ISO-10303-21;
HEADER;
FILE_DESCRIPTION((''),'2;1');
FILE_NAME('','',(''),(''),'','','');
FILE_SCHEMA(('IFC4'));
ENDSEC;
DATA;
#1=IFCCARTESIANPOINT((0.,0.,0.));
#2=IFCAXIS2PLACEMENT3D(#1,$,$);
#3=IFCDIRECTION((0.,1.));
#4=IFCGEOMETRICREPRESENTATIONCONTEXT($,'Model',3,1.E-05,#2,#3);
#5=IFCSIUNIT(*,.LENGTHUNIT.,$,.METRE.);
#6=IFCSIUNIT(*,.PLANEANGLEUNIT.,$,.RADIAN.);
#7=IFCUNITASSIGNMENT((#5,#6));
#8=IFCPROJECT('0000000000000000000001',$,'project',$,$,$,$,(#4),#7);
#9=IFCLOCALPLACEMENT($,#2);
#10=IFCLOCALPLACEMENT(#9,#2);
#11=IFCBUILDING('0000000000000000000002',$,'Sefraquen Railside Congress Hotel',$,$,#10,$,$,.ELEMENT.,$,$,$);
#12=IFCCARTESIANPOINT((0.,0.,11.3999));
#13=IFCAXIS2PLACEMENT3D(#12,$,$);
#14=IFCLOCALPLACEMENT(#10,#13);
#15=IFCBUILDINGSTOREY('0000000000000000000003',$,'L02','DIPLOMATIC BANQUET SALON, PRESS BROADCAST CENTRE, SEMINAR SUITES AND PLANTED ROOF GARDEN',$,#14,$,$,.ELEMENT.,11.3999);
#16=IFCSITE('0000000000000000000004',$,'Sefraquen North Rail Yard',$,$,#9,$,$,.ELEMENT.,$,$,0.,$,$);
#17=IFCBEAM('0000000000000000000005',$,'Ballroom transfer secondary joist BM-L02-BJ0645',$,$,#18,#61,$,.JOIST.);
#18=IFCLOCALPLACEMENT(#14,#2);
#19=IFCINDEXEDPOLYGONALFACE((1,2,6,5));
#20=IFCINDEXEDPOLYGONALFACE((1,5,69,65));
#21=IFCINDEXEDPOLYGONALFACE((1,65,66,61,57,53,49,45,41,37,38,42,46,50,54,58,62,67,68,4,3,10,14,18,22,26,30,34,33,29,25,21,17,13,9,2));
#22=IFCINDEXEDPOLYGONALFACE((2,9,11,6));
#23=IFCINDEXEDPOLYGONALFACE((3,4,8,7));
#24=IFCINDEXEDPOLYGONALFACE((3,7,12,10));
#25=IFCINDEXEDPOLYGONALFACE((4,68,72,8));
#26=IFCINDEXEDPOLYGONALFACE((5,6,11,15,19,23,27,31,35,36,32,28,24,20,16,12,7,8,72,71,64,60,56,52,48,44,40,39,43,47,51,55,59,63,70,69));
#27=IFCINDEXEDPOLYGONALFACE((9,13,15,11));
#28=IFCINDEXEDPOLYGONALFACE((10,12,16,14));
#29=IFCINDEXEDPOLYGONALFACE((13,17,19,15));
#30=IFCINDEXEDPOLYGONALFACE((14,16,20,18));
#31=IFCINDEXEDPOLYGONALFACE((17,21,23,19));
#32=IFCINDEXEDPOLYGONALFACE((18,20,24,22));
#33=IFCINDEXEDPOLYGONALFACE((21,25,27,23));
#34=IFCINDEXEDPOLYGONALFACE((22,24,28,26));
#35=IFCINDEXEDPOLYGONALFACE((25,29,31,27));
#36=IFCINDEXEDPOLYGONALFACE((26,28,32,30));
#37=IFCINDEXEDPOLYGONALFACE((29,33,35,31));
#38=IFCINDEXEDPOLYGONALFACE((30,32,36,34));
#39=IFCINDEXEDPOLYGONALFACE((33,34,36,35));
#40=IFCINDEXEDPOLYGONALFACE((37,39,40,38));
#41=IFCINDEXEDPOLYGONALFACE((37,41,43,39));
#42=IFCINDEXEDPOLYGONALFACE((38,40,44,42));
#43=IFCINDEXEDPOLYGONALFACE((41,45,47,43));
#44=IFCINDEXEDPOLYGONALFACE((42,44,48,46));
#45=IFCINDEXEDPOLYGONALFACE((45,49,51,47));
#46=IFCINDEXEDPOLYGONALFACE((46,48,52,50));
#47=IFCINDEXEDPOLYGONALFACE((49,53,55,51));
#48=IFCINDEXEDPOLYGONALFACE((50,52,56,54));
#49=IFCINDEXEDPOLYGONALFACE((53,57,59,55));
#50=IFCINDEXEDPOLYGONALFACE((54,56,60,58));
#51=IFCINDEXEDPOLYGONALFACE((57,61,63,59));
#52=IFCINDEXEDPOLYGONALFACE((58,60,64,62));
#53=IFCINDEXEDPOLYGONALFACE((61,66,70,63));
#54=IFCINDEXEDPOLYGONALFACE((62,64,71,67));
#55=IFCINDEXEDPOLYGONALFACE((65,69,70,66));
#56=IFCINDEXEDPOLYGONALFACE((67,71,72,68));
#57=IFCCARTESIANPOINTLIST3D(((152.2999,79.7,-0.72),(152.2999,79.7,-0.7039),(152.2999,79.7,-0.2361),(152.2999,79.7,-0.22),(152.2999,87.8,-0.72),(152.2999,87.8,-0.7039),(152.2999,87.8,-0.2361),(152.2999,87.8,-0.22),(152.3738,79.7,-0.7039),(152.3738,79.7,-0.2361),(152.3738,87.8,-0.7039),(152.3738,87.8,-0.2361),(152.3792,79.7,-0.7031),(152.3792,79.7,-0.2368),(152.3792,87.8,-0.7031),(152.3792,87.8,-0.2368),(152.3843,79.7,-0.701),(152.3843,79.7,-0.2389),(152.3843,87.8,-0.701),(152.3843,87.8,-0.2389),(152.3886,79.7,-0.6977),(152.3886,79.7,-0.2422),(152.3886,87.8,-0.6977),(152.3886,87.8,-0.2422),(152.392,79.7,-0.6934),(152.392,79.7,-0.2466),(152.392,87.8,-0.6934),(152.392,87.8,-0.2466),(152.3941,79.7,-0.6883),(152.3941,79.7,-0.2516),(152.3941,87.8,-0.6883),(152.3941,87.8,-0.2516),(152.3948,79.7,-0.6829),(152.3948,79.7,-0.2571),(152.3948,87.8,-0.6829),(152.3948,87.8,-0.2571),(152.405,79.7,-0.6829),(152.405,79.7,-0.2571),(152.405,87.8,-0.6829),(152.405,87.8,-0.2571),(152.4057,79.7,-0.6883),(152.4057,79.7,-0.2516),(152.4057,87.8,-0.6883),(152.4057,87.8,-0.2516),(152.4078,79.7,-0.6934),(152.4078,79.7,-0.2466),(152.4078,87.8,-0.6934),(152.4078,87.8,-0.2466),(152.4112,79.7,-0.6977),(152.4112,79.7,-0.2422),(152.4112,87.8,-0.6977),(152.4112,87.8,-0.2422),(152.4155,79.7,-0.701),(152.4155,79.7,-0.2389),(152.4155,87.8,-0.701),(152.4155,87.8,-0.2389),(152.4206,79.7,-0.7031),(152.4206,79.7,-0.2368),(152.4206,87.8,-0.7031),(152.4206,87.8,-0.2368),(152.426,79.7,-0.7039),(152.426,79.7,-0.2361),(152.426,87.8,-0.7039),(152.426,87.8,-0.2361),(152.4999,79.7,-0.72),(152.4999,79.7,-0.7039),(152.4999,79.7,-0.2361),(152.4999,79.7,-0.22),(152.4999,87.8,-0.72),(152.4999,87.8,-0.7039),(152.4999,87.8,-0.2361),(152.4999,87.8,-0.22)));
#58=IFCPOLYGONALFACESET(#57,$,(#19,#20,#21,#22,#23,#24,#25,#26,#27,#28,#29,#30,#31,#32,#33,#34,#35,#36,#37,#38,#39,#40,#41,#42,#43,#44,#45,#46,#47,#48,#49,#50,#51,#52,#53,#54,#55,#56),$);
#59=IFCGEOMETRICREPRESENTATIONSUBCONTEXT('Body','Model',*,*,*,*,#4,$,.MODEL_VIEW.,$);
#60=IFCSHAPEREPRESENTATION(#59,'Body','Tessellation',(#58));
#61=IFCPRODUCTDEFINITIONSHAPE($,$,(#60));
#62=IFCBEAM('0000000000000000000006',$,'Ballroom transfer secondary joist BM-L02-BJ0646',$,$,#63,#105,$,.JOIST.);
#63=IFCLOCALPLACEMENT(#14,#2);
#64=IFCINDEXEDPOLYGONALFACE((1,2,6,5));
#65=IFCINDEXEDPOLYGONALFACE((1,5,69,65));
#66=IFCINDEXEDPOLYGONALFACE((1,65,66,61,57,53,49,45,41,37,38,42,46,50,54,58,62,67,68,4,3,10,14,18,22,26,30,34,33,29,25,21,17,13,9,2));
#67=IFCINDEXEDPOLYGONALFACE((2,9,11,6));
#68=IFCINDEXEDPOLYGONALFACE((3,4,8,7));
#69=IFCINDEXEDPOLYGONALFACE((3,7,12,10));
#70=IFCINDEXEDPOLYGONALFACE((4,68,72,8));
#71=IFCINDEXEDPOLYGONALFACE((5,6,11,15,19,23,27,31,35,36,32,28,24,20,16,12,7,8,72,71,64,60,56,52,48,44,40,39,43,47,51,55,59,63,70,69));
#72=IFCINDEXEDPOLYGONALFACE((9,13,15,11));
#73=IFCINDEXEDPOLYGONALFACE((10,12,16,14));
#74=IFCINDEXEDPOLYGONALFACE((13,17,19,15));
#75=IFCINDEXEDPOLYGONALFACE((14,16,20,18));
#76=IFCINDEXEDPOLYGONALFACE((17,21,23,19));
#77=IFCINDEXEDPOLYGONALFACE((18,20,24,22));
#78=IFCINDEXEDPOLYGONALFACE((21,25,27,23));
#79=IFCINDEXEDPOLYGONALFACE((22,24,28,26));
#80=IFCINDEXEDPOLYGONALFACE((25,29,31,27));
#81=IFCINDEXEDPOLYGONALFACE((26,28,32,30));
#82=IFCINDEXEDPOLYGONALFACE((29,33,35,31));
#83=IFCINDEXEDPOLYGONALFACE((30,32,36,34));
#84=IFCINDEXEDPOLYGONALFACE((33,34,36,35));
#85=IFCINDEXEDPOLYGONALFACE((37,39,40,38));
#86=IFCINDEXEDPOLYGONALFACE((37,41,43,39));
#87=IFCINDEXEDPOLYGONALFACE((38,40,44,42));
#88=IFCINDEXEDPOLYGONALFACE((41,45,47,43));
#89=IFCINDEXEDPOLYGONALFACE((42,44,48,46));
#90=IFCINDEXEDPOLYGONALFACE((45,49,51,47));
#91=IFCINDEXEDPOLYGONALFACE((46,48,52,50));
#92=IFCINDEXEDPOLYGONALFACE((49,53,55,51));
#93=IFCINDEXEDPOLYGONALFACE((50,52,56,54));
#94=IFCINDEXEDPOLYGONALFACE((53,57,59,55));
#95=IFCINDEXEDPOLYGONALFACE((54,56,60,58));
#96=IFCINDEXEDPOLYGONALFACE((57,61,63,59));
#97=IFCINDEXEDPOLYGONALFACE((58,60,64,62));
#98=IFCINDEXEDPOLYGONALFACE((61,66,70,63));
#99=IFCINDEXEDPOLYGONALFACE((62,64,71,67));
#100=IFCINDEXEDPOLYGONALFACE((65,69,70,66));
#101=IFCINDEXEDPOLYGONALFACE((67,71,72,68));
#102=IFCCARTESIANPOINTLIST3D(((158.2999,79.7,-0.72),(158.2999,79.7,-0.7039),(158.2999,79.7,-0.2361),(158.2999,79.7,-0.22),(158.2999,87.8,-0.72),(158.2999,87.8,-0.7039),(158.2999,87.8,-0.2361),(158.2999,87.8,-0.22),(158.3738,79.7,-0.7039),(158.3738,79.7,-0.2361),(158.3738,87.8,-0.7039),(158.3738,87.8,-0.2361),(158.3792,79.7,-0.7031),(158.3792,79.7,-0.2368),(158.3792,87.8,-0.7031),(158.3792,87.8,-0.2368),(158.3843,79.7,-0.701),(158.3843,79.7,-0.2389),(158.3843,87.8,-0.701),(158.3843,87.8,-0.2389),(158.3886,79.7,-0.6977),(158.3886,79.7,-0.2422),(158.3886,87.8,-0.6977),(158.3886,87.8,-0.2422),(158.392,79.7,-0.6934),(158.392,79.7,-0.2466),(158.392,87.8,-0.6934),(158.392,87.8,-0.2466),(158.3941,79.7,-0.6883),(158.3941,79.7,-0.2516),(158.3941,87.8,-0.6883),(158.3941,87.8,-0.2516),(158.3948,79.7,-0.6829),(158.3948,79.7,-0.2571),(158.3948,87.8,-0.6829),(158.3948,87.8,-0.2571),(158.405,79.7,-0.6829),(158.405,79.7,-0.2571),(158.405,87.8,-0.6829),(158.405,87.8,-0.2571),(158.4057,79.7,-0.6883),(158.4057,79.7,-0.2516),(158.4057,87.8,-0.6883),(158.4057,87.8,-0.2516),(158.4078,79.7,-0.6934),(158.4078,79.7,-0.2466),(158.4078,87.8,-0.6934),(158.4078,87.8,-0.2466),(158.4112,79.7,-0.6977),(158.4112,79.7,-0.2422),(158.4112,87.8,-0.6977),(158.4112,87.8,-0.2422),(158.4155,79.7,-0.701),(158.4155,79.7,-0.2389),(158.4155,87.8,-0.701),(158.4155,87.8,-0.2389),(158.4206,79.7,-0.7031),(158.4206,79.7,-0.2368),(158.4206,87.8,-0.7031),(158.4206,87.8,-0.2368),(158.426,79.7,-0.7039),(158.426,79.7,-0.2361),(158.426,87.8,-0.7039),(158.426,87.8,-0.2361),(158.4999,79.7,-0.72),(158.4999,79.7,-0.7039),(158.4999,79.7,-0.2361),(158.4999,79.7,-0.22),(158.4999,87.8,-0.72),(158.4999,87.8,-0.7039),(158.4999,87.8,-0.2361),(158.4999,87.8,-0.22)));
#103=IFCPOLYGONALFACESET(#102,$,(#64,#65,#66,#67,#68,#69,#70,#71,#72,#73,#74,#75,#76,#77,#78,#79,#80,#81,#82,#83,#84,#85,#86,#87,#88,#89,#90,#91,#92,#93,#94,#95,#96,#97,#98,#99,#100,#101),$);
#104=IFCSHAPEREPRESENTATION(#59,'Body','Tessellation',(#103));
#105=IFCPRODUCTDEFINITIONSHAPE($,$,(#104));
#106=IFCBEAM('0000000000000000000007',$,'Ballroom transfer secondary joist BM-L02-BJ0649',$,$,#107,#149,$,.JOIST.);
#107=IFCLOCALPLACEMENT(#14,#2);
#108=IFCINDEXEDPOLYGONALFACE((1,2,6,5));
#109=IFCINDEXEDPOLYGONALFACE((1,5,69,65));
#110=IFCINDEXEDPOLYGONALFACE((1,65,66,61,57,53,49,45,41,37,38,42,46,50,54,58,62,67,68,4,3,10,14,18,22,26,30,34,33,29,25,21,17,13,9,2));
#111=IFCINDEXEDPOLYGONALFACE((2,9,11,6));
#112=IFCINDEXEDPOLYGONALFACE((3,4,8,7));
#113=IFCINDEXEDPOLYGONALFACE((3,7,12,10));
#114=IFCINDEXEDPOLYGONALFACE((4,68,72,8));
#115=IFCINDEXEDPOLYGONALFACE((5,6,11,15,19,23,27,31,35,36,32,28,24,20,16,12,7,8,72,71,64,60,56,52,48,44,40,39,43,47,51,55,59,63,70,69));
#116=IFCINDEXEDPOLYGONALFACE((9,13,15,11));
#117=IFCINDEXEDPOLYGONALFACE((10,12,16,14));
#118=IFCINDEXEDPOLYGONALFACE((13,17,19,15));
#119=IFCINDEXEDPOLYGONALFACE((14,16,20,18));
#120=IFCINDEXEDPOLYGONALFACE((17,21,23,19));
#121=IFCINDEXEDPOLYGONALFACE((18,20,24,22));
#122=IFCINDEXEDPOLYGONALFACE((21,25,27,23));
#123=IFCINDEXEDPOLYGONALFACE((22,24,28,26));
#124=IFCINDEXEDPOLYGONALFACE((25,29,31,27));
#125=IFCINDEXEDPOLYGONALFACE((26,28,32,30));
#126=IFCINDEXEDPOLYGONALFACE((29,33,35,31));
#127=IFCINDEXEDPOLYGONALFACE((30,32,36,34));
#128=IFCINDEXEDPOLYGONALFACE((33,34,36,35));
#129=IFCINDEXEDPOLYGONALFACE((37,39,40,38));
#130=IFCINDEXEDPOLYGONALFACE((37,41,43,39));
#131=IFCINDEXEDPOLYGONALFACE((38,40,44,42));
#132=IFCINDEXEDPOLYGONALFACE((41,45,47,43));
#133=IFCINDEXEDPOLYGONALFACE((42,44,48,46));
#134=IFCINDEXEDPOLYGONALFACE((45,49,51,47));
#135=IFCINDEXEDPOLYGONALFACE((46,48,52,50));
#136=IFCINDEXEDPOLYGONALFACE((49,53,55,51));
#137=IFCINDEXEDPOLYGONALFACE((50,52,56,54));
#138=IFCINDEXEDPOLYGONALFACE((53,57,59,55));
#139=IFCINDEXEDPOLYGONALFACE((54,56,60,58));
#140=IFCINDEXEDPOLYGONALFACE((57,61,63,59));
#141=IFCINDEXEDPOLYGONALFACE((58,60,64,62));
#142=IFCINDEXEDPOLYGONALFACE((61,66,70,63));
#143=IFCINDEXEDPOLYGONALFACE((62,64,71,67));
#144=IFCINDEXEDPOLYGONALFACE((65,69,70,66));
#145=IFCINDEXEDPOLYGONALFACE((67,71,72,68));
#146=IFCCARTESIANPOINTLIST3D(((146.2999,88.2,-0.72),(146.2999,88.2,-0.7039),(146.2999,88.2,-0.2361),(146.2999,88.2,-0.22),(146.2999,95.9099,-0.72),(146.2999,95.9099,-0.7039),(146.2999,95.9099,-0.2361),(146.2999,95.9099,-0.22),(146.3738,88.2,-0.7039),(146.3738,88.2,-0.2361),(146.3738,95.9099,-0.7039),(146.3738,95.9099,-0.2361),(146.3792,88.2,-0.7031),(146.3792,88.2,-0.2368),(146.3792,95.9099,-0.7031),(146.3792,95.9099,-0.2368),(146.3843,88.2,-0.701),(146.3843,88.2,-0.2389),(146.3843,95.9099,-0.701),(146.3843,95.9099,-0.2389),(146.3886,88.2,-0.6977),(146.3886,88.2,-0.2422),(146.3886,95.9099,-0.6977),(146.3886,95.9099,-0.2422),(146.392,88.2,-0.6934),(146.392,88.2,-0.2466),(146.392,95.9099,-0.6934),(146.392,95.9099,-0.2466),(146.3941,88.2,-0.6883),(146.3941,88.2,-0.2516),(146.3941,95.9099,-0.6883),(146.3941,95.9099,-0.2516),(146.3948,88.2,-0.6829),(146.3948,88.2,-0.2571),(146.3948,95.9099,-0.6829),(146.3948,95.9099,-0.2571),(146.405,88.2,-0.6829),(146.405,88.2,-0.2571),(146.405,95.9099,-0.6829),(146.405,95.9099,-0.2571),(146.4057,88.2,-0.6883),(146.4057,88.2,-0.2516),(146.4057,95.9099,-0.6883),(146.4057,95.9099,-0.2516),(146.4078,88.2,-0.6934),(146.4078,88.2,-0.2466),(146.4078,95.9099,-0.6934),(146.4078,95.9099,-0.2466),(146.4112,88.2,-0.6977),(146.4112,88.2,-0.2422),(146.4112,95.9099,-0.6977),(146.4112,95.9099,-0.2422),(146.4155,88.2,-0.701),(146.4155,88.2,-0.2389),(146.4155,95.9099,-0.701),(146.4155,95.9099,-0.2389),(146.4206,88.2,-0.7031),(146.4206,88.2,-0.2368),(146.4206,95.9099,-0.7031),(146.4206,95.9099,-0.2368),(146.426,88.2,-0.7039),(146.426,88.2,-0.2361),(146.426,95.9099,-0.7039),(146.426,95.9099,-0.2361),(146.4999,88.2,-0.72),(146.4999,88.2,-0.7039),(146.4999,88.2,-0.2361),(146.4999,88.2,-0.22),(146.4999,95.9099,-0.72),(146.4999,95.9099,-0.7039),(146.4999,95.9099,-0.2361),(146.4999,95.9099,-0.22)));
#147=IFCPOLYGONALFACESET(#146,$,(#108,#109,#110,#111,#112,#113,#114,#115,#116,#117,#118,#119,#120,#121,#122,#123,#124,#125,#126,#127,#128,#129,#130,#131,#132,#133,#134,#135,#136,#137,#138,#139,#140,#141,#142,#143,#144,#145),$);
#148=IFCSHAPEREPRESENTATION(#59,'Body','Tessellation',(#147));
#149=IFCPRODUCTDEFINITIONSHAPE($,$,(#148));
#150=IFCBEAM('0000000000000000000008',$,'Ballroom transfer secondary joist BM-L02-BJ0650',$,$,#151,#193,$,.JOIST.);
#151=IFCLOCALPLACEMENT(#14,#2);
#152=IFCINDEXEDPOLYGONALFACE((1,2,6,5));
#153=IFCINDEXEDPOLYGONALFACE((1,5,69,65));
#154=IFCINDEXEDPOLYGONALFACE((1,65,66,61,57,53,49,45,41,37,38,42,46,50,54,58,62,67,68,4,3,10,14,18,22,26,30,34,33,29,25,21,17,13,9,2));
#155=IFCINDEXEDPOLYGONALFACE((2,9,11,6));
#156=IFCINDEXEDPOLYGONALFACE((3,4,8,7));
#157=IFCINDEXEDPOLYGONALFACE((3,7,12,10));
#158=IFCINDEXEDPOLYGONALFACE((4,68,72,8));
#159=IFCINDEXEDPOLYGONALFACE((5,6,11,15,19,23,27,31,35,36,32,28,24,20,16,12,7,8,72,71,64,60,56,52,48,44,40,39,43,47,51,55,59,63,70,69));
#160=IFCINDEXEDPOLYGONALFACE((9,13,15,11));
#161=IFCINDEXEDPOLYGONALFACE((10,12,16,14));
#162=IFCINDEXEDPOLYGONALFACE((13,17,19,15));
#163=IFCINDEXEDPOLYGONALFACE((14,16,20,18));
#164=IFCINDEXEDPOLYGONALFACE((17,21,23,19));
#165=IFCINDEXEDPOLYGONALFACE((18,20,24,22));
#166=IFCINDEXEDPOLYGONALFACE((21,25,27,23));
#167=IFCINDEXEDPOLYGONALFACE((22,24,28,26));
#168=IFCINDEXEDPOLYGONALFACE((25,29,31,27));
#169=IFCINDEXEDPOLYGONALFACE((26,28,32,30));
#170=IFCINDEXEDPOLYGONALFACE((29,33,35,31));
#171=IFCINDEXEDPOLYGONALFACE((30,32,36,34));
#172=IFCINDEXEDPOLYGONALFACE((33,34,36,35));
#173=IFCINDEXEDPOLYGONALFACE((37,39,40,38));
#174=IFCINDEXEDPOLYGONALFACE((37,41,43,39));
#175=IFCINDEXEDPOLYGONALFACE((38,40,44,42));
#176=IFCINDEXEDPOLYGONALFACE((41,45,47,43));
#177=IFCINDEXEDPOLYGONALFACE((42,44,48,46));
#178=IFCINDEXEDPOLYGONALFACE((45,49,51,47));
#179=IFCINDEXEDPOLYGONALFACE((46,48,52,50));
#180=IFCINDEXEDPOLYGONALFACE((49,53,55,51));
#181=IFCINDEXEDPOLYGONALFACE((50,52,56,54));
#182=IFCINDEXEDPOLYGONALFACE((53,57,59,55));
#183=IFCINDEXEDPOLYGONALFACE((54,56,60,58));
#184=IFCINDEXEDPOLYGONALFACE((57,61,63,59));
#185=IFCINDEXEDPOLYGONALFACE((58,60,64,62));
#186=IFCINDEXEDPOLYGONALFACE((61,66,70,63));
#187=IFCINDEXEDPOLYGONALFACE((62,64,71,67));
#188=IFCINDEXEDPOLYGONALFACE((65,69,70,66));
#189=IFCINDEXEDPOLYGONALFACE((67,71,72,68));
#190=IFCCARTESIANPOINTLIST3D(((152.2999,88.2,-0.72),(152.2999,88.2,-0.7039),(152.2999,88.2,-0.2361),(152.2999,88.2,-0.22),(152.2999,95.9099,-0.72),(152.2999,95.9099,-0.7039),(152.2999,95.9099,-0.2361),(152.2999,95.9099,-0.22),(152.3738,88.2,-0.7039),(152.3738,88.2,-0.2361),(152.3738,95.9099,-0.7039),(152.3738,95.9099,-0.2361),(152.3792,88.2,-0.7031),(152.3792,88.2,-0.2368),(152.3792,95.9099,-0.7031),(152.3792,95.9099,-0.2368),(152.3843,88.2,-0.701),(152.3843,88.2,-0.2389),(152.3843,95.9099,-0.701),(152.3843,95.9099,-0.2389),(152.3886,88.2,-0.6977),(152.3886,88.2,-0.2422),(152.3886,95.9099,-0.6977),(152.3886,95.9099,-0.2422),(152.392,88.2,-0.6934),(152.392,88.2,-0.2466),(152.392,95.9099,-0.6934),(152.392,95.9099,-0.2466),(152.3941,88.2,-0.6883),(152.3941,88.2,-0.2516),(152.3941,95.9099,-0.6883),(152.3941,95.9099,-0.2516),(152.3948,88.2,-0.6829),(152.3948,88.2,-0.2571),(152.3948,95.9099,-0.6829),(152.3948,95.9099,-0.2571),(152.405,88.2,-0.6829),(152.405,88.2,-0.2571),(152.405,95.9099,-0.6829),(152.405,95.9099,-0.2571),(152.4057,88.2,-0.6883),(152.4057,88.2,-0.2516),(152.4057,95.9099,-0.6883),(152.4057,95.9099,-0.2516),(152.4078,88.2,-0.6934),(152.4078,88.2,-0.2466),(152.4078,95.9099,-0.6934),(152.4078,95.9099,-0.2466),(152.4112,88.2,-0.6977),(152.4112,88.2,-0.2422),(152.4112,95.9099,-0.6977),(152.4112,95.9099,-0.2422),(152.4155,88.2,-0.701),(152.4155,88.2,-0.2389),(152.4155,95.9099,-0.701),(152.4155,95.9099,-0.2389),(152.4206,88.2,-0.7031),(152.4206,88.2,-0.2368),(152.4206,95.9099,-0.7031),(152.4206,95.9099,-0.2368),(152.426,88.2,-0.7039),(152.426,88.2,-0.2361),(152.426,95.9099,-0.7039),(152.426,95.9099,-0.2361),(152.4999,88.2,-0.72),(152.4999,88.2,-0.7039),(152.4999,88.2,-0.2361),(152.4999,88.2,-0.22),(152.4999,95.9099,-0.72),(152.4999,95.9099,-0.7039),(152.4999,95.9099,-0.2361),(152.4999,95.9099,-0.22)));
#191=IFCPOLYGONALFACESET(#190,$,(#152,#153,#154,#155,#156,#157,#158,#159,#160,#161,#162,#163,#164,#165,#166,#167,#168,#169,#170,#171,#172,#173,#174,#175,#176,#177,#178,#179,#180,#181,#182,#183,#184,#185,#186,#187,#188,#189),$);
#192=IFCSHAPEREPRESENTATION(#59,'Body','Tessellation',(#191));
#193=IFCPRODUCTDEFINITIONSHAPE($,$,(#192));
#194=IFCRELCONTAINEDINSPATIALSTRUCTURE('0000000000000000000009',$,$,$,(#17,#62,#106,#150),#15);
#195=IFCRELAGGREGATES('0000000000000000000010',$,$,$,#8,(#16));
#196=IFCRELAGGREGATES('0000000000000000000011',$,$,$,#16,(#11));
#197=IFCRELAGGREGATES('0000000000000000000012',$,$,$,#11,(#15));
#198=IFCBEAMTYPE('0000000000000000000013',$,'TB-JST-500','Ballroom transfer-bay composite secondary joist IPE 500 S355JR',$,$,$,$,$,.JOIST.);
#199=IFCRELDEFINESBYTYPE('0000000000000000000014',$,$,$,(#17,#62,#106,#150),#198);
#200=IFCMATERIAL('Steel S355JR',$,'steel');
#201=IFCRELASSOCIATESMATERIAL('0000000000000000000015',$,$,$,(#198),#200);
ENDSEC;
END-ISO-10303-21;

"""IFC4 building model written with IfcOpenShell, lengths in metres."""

from ifc_helpers import new_model, si_unit, direction, frame, origin, origin_2d, place, context, subcontext, project, spatial, i_section, extrude, material, material_profile, profile_set, type_object, element, save


model = new_model("IFC4")

# Units and contexts
model_context = context("Model", 3, precision=1e-05, world=origin(), true_north=direction((0.0, 1.0)))
body_context = subcontext(model_context, "Body", "Model", "MODEL_VIEW")
ifc_project = project(units=[si_unit("LENGTHUNIT", "METRE"), si_unit("PLANEANGLEUNIT", "RADIAN")], contexts=[model_context])

# Site, building, storey
site_placement = place(None, origin())
site = spatial("IfcSite", under=ifc_project, at=site_placement, Name="Sefraquen North Rail Yard", CompositionType="ELEMENT", RefElevation=0.0)
building_placement = place(site_placement, origin())
building = spatial("IfcBuilding", under=site, at=building_placement, Name="Sefraquen Railside Congress Hotel", CompositionType="ELEMENT")
storey_placement = place(building_placement, frame((0.0, 0.0, 11.3999)))
storey = spatial("IfcBuildingStorey", under=building, at=storey_placement, Name="L02", Description="DIPLOMATIC BANQUET SALON, PRESS BROADCAST CENTRE, SEMINAR SUITES AND PLANTED ROOF GARDEN", CompositionType="ELEMENT", Elevation=11.3999)

# Shared definitions
ifc_material_1 = material(Name="Steel S355JR", Category="steel")

# Beams
ifc_material_profile_1 = material_profile(ifc_material_1, i_section(OverallWidth=0.2, OverallDepth=0.5, WebThickness=0.0103, FlangeThickness=0.0161, FilletRadius=0.021, at=origin_2d()), Name="IPE 500")
ifc_profile_set_1 = profile_set([ifc_material_profile_1], Name="Steel S355JR")
beam_type_1 = type_object("IfcBeamType", Name="TB-JST-500", Description="Ballroom transfer-bay composite secondary joist IPE 500 S355JR", PredefinedType="JOIST", material=ifc_profile_set_1)
for number, where, z_axis, x_axis, name in (
    (1, (152.3999, 79.7, -0.47), (0.0, 1.0, 0.0), (-1.0, 0.0, 0.0), "Ballroom transfer secondary joist BM-L02-BJ0645"),
    (2, (158.3999, 79.7, -0.47), (0.0, 1.0, 0.0), (-1.0, 0.0, 0.0), "Ballroom transfer secondary joist BM-L02-BJ0646"),
):
    element("IfcBeam", number, at=place(storey_placement, frame(where, z_axis=z_axis, x_axis=x_axis)), inside=storey, type_object=beam_type_1, Name=name, PredefinedType="JOIST", context=body_context, shape_type="SweptSolid", body=[
        extrude(i_section(OverallWidth=0.2, OverallDepth=0.5, WebThickness=0.0103, FlangeThickness=0.0161, FilletRadius=0.021, at=origin_2d()), origin(), (0.0, 0.0, 1.0), 8.1001),
    ])
for number, where, z_axis, x_axis, name in (
    (3, (146.3999, 88.2, -0.47), (0.0, 1.0, 0.0), (-1.0, 0.0, 0.0), "Ballroom transfer secondary joist BM-L02-BJ0649"),
    (4, (152.3999, 88.2, -0.47), (0.0, 1.0, 0.0), (-1.0, 0.0, 0.0), "Ballroom transfer secondary joist BM-L02-BJ0650"),
):
    element("IfcBeam", number, at=place(storey_placement, frame(where, z_axis=z_axis, x_axis=x_axis)), inside=storey, type_object=beam_type_1, Name=name, PredefinedType="JOIST", context=body_context, shape_type="SweptSolid", body=[
        extrude(i_section(OverallWidth=0.2, OverallDepth=0.5, WebThickness=0.0103, FlangeThickness=0.0161, FilletRadius=0.021, at=origin_2d()), origin(), (0.0, 0.0, 1.0), 7.71),
    ])

save(model, "model.ifc")
